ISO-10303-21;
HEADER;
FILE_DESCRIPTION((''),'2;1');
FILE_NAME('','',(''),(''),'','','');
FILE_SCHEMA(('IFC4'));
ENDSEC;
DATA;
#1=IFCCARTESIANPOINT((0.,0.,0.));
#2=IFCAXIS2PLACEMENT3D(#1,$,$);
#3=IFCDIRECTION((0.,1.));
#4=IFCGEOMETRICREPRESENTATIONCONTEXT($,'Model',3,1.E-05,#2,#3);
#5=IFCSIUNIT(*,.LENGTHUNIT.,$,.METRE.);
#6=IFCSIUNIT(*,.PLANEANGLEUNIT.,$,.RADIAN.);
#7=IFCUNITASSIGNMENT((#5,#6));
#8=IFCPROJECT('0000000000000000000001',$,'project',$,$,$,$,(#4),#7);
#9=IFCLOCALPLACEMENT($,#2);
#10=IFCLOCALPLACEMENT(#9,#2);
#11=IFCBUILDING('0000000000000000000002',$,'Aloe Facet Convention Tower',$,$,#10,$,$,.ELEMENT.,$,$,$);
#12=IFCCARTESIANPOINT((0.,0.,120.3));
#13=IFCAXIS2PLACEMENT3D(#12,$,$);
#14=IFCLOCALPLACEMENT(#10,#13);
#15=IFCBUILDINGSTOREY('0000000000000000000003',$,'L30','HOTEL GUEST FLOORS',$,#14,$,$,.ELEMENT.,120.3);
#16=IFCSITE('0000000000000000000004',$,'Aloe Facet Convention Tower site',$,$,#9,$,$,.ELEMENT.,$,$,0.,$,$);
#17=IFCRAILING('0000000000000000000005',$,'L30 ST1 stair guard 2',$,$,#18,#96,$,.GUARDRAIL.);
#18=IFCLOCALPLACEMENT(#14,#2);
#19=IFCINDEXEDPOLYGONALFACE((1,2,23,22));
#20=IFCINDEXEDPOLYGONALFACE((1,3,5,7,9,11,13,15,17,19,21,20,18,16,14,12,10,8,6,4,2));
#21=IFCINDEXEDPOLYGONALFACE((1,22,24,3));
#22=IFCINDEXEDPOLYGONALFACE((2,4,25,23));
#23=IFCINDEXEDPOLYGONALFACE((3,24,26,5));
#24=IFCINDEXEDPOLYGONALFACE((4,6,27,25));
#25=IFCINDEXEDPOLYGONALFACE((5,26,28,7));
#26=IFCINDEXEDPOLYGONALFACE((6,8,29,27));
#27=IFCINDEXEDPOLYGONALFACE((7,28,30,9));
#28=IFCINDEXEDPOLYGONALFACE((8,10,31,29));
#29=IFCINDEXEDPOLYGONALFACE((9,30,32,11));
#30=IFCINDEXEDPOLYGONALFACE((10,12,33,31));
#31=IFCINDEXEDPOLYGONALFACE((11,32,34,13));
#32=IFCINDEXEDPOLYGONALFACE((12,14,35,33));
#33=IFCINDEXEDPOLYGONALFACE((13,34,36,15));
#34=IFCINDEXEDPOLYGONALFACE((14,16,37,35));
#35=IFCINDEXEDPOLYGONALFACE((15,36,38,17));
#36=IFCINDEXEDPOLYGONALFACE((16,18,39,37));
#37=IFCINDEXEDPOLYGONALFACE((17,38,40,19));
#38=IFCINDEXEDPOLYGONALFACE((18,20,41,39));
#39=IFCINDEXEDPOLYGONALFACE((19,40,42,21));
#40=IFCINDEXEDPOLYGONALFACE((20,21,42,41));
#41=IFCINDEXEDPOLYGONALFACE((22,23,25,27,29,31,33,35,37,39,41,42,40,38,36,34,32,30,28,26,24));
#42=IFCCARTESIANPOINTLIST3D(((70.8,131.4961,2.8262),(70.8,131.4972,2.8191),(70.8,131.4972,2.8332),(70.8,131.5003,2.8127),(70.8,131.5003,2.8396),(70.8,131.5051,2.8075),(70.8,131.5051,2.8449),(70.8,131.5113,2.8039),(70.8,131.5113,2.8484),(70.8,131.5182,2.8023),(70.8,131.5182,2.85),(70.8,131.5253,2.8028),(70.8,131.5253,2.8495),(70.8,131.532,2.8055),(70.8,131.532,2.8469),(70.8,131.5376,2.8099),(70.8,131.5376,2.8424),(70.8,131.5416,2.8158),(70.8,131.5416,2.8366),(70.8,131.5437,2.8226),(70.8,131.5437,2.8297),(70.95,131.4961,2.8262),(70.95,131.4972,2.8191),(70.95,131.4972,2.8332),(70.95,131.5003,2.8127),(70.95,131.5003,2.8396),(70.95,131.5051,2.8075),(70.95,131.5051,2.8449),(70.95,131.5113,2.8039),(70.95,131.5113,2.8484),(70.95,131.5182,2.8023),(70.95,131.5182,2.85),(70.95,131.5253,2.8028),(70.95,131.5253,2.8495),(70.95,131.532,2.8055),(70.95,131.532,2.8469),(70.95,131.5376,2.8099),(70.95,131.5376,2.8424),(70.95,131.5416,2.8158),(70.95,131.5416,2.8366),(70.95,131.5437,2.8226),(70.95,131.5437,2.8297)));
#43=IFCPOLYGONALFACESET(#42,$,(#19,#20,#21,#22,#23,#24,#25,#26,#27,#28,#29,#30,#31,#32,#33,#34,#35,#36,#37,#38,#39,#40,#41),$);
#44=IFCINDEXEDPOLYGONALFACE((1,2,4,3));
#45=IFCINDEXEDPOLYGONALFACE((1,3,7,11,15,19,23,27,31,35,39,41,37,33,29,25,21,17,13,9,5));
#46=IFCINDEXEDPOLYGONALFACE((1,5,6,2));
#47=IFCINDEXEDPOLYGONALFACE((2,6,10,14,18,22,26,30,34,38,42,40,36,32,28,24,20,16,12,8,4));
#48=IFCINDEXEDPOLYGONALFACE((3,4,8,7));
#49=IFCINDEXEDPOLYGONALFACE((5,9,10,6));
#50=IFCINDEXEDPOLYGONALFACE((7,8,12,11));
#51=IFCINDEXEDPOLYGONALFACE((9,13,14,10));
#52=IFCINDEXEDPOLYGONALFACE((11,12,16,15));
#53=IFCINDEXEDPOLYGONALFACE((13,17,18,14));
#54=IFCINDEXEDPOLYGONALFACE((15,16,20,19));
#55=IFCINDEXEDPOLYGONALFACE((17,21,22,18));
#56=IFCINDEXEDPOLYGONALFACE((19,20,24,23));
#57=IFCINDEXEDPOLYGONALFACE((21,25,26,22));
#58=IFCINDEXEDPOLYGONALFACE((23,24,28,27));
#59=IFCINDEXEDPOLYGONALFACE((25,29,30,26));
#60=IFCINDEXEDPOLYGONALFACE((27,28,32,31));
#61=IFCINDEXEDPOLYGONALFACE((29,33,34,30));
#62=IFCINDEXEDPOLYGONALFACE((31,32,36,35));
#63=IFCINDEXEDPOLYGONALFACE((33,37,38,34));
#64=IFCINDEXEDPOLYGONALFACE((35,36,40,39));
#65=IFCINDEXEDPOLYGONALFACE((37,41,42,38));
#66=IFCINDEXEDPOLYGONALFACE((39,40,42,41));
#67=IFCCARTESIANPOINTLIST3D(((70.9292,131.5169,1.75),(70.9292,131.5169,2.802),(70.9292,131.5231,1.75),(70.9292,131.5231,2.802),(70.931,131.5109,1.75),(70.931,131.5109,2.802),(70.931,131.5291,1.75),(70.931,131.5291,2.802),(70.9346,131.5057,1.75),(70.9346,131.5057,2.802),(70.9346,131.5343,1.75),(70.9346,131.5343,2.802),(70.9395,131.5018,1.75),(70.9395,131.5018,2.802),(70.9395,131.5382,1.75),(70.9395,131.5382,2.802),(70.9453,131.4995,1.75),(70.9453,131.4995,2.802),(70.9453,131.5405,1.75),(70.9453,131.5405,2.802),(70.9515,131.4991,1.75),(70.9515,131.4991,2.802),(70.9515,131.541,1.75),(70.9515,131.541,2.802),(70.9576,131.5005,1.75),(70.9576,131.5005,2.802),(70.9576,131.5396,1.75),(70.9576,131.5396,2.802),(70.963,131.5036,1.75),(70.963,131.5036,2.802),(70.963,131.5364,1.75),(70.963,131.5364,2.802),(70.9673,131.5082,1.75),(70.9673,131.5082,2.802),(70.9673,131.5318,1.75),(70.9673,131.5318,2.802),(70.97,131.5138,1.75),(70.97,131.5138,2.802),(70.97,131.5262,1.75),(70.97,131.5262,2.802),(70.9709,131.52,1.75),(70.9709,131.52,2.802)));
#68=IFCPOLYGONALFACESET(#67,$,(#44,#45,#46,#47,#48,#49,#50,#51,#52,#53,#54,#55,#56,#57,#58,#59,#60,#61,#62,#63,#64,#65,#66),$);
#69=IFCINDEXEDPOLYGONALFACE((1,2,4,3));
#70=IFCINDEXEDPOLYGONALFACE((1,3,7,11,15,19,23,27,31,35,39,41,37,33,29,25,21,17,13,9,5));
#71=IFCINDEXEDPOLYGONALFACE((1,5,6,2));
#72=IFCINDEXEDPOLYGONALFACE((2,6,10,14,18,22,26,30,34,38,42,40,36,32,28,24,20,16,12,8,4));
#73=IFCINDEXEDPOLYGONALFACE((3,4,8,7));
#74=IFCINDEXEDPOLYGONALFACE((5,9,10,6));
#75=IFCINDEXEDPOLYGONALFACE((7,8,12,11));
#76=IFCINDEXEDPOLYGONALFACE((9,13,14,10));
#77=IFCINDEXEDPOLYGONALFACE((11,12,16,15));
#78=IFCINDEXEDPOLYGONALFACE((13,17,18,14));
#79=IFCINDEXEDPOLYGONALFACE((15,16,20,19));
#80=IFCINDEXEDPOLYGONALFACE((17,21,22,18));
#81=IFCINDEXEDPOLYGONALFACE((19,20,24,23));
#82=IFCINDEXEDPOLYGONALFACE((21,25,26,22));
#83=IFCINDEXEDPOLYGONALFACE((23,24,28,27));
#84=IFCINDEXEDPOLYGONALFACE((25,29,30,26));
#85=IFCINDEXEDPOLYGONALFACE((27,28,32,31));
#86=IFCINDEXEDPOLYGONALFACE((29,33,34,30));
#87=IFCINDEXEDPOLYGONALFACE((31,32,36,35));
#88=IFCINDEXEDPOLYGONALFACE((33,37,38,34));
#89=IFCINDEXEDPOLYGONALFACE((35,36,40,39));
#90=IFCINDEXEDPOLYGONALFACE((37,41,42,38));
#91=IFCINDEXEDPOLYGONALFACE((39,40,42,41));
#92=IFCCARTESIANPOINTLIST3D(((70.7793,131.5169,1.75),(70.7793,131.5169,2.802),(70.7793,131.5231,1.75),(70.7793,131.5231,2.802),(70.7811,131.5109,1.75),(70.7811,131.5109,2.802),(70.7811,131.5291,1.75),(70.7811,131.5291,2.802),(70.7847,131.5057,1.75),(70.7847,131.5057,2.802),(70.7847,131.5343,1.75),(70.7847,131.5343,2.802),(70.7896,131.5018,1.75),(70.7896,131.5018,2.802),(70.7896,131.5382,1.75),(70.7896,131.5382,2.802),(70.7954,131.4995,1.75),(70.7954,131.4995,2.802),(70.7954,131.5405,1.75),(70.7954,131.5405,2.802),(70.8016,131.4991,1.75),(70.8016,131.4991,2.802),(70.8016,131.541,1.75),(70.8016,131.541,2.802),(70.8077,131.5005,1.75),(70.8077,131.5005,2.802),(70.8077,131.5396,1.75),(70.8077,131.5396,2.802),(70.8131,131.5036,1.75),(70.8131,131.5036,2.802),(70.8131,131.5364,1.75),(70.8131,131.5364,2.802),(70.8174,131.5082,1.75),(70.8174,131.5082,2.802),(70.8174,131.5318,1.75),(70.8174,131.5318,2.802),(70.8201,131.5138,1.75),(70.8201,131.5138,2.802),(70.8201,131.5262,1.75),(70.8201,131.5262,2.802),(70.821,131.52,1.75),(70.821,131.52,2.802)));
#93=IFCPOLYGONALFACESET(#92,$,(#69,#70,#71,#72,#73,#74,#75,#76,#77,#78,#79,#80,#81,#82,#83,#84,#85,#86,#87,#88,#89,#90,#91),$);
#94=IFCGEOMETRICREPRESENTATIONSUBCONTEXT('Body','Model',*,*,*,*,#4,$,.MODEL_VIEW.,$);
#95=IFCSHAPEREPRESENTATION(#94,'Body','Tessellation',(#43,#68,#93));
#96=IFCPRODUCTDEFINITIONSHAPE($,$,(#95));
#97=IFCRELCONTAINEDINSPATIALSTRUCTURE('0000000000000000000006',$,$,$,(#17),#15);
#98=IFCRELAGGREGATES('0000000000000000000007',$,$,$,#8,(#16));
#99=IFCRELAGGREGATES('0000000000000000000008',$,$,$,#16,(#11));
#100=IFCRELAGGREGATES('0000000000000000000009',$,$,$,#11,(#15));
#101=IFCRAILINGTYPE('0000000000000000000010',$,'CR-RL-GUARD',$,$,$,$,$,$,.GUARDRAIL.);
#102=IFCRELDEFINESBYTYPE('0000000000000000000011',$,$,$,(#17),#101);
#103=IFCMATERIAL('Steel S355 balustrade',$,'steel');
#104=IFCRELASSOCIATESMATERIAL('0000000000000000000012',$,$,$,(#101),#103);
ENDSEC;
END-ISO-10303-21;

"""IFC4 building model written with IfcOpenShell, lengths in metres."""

from ifc_helpers import new_model, si_unit, direction, frame, origin, origin_2d, place, context, subcontext, project, spatial, circle, extrude, material, type_object, element, save


model = new_model("IFC4")

# Units and contexts
model_context = context("Model", 3, precision=1e-05, world=origin(), true_north=direction((0.0, 1.0)))
body_context = subcontext(model_context, "Body", "Model", "MODEL_VIEW")
ifc_project = project(units=[si_unit("LENGTHUNIT", "METRE"), si_unit("PLANEANGLEUNIT", "RADIAN")], contexts=[model_context])

# Site, building, storey
site_placement = place(None, origin())
site = spatial("IfcSite", under=ifc_project, at=site_placement, Name="Aloe Facet Convention Tower site", CompositionType="ELEMENT", RefElevation=0.0)
building_placement = place(site_placement, origin())
building = spatial("IfcBuilding", under=site, at=building_placement, Name="Aloe Facet Convention Tower", CompositionType="ELEMENT")
storey_placement = place(building_placement, frame((0.0, 0.0, 120.3)))
storey = spatial("IfcBuildingStorey", under=building, at=storey_placement, Name="L30", Description="HOTEL GUEST FLOORS", CompositionType="ELEMENT", Elevation=120.3)

# Railing
ifc_material_1 = material(Name="Steel S355 balustrade", Category="steel")
railing_type_1 = type_object("IfcRailingType", Name="CR-RL-GUARD", PredefinedType="GUARDRAIL", material=ifc_material_1)
railing_1_placement = place(storey_placement, frame((70.95, 131.52, 1.75)))
element("IfcRailing", 1, at=railing_1_placement, inside=storey, type_object=railing_type_1, Name="L30 ST1 stair guard 2", PredefinedType="GUARDRAIL", context=body_context, shape_type="SweptSolid", body=[
    extrude(circle(Radius=0.0239, at=origin_2d()), frame((0.0, 0.0, 1.0762), z_axis=(-1.0, 0.0, 0.0), x_axis=(0.0, -1.0, 0.0)), (0.0, 0.0, 1.0), 0.1499),
    extrude(circle(Radius=0.021, at=origin_2d()), origin(), (0.0, 0.0, 1.0), 1.052),
    extrude(circle(Radius=0.021, at=origin_2d()), frame((-0.1499, 0.0, 0.0)), (0.0, 0.0, 1.0), 1.052),
])

save(model, "model.ifc")
